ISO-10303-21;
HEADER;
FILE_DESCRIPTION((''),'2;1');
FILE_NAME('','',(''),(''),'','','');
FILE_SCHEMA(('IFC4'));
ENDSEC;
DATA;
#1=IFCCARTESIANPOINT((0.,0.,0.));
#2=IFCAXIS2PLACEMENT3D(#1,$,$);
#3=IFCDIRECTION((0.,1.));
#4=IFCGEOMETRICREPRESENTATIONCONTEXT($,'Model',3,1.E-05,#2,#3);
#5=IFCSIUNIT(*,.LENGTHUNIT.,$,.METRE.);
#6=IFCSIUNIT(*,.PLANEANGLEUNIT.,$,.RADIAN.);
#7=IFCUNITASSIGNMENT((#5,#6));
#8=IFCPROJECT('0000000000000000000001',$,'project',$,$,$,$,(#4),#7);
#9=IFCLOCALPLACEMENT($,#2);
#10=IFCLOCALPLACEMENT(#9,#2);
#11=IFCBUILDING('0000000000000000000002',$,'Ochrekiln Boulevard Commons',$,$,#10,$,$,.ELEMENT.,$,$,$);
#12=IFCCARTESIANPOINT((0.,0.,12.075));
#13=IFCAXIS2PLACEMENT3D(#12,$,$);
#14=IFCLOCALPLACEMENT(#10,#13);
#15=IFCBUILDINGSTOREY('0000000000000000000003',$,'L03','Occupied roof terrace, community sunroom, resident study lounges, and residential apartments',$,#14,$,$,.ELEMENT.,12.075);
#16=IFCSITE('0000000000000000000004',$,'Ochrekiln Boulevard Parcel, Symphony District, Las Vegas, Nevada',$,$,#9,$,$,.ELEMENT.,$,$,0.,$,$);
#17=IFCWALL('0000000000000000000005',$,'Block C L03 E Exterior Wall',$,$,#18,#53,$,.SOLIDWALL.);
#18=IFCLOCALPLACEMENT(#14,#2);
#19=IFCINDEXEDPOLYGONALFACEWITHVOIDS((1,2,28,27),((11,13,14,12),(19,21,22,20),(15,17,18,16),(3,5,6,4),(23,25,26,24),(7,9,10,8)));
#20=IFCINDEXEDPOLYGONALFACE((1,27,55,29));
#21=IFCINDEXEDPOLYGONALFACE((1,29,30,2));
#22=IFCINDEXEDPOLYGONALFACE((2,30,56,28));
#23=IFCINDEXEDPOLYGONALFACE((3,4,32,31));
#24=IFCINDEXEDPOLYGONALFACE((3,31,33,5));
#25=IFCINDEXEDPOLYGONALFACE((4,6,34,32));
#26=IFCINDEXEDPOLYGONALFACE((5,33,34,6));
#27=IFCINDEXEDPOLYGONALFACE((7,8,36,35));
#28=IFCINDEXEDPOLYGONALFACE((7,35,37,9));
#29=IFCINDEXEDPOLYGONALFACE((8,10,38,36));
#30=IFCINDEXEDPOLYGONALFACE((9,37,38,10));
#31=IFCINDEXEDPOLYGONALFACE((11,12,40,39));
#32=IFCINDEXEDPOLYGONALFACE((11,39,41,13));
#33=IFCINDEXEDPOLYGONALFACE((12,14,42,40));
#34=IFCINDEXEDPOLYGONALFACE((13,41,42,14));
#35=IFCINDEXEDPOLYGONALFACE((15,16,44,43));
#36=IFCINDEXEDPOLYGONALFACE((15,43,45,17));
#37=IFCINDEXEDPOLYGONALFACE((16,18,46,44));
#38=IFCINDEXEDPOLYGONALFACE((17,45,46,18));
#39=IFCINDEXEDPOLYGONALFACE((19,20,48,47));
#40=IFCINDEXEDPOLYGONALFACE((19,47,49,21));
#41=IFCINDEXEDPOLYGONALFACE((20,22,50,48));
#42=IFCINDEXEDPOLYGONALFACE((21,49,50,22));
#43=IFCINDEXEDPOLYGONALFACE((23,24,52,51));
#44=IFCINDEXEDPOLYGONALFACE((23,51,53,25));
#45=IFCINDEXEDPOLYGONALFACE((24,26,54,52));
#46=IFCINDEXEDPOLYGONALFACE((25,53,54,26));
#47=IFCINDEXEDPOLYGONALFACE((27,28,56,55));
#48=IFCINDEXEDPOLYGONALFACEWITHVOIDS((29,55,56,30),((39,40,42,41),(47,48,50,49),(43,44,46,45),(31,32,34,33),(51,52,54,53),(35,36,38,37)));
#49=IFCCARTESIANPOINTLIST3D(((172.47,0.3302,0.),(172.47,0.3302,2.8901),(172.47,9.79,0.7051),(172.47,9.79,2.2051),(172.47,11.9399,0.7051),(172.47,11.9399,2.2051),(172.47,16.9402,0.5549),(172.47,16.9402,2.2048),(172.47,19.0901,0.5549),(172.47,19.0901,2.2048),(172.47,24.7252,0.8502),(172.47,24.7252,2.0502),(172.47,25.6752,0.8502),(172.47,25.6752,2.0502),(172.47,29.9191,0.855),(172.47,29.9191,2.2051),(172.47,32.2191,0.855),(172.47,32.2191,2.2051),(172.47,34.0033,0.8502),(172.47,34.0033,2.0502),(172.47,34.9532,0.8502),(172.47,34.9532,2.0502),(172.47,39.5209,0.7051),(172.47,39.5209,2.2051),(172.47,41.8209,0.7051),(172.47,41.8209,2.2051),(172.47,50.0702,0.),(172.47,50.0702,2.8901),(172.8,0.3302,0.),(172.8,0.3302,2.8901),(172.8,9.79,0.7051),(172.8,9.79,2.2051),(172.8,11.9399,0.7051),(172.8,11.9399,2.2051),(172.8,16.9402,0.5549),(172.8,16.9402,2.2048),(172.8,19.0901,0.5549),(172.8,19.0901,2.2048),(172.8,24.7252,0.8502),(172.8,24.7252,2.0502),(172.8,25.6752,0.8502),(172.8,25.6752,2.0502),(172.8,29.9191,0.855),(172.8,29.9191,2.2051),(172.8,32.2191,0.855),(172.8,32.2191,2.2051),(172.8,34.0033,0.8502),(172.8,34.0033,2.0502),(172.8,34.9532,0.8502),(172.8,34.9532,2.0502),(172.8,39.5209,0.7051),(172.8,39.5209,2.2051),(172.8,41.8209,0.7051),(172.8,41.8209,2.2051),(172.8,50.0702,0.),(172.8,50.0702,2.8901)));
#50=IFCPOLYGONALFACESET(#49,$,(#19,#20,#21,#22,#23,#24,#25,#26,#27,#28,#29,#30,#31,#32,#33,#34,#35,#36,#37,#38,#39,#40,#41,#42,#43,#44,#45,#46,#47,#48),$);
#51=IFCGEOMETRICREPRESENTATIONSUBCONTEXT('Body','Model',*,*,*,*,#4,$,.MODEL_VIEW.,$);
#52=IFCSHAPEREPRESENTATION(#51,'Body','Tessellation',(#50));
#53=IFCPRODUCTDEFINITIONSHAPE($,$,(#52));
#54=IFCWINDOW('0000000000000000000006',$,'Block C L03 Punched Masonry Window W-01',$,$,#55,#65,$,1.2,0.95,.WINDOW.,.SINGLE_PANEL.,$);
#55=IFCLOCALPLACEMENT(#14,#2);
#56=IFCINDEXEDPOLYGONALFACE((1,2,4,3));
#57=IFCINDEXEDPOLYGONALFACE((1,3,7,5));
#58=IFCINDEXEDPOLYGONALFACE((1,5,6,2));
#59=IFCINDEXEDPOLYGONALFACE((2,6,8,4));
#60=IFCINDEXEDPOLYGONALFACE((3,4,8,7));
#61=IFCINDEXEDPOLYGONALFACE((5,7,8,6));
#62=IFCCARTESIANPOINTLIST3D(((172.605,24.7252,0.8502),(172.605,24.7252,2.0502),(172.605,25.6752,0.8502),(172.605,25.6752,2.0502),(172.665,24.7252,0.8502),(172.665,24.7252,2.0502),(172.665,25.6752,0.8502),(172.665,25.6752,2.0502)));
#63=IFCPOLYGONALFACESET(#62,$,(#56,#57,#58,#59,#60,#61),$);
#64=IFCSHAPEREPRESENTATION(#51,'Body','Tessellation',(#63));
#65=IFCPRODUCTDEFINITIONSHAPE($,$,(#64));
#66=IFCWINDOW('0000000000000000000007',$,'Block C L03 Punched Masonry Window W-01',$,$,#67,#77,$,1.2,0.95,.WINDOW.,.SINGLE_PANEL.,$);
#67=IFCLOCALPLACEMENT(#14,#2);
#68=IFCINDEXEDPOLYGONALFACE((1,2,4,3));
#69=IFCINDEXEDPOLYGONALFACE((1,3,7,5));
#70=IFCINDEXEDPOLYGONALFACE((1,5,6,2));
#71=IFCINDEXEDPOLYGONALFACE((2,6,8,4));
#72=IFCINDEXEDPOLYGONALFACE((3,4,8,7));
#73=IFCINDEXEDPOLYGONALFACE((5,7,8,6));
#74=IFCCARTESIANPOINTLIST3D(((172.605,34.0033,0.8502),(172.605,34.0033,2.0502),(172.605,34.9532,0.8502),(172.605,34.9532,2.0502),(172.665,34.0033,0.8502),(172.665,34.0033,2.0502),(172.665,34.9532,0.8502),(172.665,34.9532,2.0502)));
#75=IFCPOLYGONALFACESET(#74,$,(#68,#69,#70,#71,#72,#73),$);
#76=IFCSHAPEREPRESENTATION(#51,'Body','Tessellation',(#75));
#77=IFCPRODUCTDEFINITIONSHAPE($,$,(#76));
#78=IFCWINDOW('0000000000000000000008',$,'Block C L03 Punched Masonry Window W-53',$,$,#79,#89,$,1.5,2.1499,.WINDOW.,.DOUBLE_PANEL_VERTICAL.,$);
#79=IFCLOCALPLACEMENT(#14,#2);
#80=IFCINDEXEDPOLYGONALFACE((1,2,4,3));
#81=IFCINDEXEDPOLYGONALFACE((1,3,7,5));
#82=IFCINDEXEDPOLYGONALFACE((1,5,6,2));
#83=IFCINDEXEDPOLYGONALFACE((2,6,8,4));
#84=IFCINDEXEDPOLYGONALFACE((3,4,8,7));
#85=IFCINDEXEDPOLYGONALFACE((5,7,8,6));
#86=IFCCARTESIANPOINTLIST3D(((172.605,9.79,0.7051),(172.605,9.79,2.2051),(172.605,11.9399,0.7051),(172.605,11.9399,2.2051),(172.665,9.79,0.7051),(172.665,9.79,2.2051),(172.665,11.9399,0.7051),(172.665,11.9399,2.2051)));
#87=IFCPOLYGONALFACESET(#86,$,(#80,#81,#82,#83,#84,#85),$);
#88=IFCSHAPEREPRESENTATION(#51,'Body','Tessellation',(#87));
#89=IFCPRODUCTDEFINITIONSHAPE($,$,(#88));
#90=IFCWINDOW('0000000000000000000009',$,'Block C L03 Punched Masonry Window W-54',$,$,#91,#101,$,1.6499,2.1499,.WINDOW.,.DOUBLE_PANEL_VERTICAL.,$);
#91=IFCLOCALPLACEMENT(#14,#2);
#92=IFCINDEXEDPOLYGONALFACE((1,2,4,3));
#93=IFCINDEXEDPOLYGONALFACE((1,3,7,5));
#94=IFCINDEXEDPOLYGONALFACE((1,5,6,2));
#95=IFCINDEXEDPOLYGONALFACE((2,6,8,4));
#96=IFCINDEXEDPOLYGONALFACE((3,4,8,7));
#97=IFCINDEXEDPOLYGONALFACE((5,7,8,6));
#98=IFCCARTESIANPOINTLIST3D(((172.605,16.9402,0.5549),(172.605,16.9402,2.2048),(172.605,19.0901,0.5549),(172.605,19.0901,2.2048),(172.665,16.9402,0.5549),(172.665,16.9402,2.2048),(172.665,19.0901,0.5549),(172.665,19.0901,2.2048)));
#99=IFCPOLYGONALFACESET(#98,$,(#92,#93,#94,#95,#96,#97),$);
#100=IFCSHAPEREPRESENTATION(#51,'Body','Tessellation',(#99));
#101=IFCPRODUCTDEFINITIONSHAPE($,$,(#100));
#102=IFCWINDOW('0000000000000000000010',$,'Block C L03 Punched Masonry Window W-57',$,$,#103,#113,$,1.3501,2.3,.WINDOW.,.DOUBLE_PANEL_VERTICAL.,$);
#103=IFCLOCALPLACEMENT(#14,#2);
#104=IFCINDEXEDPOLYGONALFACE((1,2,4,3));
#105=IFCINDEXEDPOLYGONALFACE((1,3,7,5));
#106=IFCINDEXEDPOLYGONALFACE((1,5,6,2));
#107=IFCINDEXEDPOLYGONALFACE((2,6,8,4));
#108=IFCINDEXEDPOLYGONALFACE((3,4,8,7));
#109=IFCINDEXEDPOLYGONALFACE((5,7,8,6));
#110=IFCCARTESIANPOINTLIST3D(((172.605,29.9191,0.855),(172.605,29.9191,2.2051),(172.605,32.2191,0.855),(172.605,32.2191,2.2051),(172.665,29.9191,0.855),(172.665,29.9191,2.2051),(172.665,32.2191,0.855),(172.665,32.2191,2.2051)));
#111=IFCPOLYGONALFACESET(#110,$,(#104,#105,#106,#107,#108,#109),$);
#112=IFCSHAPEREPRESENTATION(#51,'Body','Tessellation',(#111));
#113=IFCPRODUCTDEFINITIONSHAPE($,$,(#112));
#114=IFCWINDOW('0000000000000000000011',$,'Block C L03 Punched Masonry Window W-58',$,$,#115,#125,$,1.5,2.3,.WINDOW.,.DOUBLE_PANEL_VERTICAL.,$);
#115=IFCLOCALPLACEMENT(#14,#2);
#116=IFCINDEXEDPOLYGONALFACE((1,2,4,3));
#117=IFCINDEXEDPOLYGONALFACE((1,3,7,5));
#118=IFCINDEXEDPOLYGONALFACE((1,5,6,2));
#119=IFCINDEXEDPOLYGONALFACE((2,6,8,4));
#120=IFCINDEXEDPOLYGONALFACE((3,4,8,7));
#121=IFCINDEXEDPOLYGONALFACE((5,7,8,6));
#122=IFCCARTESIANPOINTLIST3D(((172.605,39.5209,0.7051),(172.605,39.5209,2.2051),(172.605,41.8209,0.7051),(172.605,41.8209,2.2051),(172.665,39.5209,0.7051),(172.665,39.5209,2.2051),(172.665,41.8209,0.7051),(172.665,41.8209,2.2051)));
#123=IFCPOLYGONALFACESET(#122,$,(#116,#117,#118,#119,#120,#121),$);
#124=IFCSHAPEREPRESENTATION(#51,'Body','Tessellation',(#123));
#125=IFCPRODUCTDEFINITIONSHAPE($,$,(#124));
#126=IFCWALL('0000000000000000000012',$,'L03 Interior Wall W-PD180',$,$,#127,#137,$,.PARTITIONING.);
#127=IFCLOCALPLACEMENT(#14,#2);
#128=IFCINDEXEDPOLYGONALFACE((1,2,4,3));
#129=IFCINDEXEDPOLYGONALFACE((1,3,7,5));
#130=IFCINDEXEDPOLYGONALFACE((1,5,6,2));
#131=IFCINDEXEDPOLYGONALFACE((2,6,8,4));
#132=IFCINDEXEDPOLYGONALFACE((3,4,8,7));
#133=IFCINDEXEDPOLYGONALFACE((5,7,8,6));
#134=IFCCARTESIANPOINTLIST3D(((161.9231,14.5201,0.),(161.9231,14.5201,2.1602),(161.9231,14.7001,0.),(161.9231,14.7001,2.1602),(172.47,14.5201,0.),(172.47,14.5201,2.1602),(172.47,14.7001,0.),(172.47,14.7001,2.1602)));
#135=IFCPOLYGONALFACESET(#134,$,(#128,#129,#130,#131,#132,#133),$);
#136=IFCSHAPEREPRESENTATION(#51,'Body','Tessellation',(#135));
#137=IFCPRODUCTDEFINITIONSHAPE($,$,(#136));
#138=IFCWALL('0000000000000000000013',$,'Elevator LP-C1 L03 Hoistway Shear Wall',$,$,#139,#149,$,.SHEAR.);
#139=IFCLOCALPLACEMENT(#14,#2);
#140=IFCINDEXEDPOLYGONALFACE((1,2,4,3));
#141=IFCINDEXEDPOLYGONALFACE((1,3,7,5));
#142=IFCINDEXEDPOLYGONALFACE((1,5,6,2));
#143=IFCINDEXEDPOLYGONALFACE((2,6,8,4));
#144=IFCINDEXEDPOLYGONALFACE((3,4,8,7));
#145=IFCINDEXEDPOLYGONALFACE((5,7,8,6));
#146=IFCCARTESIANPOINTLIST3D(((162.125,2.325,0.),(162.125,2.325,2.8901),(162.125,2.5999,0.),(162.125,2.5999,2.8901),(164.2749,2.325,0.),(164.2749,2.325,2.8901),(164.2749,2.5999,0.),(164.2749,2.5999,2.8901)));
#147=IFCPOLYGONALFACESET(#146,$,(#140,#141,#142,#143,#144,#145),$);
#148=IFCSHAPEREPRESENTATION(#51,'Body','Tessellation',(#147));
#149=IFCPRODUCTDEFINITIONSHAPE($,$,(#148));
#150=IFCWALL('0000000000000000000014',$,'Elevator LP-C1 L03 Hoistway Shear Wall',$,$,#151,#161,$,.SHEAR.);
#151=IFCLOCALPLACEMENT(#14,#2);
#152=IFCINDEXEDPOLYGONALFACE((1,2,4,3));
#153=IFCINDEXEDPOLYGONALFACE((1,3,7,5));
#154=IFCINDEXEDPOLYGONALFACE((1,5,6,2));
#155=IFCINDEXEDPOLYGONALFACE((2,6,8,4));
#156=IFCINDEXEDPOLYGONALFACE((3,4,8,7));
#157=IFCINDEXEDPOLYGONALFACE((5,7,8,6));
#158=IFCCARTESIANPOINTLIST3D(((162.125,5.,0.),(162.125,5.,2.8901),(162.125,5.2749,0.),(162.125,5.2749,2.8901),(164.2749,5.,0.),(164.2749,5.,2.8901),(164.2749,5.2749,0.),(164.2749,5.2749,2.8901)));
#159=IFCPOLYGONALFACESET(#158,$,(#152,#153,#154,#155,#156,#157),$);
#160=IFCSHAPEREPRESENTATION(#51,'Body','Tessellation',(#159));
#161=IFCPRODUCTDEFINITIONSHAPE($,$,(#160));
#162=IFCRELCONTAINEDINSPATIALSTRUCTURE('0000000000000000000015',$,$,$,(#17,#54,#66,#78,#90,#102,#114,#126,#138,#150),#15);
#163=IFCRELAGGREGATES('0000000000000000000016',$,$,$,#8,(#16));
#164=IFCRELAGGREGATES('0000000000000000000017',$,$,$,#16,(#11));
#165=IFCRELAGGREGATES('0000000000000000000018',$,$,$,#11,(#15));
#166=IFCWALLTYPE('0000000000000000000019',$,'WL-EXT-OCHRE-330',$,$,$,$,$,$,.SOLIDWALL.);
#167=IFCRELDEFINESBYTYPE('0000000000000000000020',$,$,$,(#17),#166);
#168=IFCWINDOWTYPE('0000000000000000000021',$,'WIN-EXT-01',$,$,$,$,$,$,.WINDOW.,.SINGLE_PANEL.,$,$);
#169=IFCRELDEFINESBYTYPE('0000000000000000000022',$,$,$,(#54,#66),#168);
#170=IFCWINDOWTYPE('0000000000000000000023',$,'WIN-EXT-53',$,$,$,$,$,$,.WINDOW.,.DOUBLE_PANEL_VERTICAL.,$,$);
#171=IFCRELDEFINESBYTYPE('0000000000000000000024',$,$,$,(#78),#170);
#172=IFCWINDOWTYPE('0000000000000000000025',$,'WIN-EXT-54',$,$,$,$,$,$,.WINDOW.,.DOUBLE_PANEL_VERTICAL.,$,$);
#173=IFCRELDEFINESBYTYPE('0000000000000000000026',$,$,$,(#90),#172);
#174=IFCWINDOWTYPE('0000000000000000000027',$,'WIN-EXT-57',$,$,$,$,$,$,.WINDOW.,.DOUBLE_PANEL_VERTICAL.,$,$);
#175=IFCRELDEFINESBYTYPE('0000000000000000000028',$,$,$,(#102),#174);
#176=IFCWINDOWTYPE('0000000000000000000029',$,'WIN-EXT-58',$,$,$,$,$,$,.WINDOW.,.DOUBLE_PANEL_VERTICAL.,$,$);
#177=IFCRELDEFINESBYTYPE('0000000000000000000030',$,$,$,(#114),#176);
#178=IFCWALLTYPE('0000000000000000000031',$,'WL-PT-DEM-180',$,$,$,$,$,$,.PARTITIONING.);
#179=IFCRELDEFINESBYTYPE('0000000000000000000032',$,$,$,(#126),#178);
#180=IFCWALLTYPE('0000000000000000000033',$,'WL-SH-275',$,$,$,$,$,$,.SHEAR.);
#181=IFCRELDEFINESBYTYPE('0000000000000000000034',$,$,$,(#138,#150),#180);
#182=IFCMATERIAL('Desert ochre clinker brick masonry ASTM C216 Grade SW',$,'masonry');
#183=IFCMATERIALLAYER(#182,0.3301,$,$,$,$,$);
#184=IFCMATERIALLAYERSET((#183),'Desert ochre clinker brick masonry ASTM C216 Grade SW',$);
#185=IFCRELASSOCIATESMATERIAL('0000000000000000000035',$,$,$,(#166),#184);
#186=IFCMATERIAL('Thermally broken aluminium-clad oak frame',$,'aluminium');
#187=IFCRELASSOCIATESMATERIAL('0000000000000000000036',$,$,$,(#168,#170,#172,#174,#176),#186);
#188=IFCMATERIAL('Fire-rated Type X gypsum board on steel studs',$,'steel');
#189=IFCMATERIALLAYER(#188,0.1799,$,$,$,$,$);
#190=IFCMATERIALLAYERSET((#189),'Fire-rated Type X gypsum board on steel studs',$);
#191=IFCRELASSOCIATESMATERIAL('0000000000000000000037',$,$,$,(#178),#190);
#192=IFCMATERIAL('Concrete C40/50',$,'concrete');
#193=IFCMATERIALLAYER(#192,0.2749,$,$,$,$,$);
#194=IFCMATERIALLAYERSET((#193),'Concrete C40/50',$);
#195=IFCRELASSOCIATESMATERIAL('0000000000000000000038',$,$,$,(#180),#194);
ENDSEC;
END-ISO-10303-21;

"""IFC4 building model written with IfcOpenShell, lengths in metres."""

from ifc_helpers import new_model, si_unit, direction, frame, frame_2d, origin, place, context, subcontext, project, spatial, rectangle, extrude, material, layer, layer_set, type_object, element, fill, save


model = new_model("IFC4")

# Units and contexts
model_context = context("Model", 3, precision=1e-05, world=origin(), true_north=direction((0.0, 1.0)))
body_context = subcontext(model_context, "Body", "Model", "MODEL_VIEW")
ifc_project = project(units=[si_unit("LENGTHUNIT", "METRE"), si_unit("PLANEANGLEUNIT", "RADIAN")], contexts=[model_context])

# Site, building, storey
site_placement = place(None, origin())
site = spatial("IfcSite", under=ifc_project, at=site_placement, Name="Ochrekiln Boulevard Parcel, Symphony District, Las Vegas, Nevada", CompositionType="ELEMENT", RefElevation=0.0)
building_placement = place(site_placement, origin())
building = spatial("IfcBuilding", under=site, at=building_placement, Name="Ochrekiln Boulevard Commons", CompositionType="ELEMENT")
storey_placement = place(building_placement, frame((0.0, 0.0, 12.075)))
storey = spatial("IfcBuildingStorey", under=building, at=storey_placement, Name="L03", Description="Occupied roof terrace, community sunroom, resident study lounges, and residential apartments", CompositionType="ELEMENT", Elevation=12.075)

# Shared definitions
ifc_material_1 = material(Name="Concrete C40/50", Category="concrete")

# Wall, openings, windows
ifc_material_2 = material(Name="Desert ochre clinker brick masonry ASTM C216 Grade SW", Category="masonry")
ifc_layer_1 = layer(ifc_material_2, 0.3301)
ifc_layer_set_1 = layer_set([ifc_layer_1], Name="Desert ochre clinker brick masonry ASTM C216 Grade SW")
wall_type_1 = type_object("IfcWallType", Name="WL-EXT-OCHRE-330", PredefinedType="SOLIDWALL", material=ifc_layer_set_1)
wall_1_placement = place(storey_placement, frame((172.635, 0.3301, 0.0), z_axis=(0.0, 0.0, 1.0), x_axis=(0.0, 1.0, 0.0)))
wall_1 = element("IfcWall", 1, at=wall_1_placement, inside=storey, type_object=wall_type_1, Name="Block C L03 E Exterior Wall", PredefinedType="SOLIDWALL", context=body_context, shape_type="SweptSolid", body=[
    extrude(rectangle(XDim=49.74, YDim=0.3301, at=frame_2d((24.8701, 0.0))), origin(), (0.0, 0.0, 1.0), 2.8901),
])
opening_1_placement = place(wall_1_placement, frame((9.46, 0.0, 0.7051)))
opening_1 = element("IfcOpeningElement", 2, at=opening_1_placement, cuts=wall_1, PredefinedType="OPENING", context=body_context, shape_type="SweptSolid", body=[
    extrude(rectangle(XDim=2.1499, YDim=1.5, at=frame_2d((1.075, 0.75))), frame((0.0, 0.175, 0.0), z_axis=(0.0, -1.0, 0.0), x_axis=(1.0, 0.0, 0.0)), (0.0, 0.0, 1.0), 0.3501),
])
opening_2_placement = place(wall_1_placement, frame((16.6101, 0.0, 0.5549)))
opening_2 = element("IfcOpeningElement", 3, at=opening_2_placement, cuts=wall_1, PredefinedType="OPENING", context=body_context, shape_type="SweptSolid", body=[
    extrude(rectangle(XDim=2.1499, YDim=1.6499, at=frame_2d((1.075, 0.825))), frame((0.0, 0.175, 0.0), z_axis=(0.0, -1.0, 0.0), x_axis=(1.0, 0.0, 0.0)), (0.0, 0.0, 1.0), 0.3501),
])
opening_3_placement = place(wall_1_placement, frame((24.395, 0.0, 0.8501)))
opening_3 = element("IfcOpeningElement", 4, at=opening_3_placement, cuts=wall_1, PredefinedType="OPENING", context=body_context, shape_type="SweptSolid", body=[
    extrude(rectangle(XDim=0.95, YDim=1.2, at=frame_2d((0.4751, 0.6001))), frame((0.0, 0.175, 0.0), z_axis=(0.0, -1.0, 0.0), x_axis=(1.0, 0.0, 0.0)), (0.0, 0.0, 1.0), 0.3501),
])
opening_4_placement = place(wall_1_placement, frame((33.6731, 0.0, 0.8501)))
opening_4 = element("IfcOpeningElement", 5, at=opening_4_placement, cuts=wall_1, PredefinedType="OPENING", context=body_context, shape_type="SweptSolid", body=[
    extrude(rectangle(XDim=0.95, YDim=1.2, at=frame_2d((0.4751, 0.6001))), frame((0.0, 0.175, 0.0), z_axis=(0.0, -1.0, 0.0), x_axis=(1.0, 0.0, 0.0)), (0.0, 0.0, 1.0), 0.3501),
])
opening_5_placement = place(wall_1_placement, frame((29.5891, 0.0, 0.855)))
opening_5 = element("IfcOpeningElement", 6, at=opening_5_placement, cuts=wall_1, PredefinedType="OPENING", context=body_context, shape_type="SweptSolid", body=[
    extrude(rectangle(XDim=2.3, YDim=1.3501, at=frame_2d((1.1499, 0.675))), frame((0.0, 0.175, 0.0), z_axis=(0.0, -1.0, 0.0), x_axis=(1.0, 0.0, 0.0)), (0.0, 0.0, 1.0), 0.3501),
])
opening_6_placement = place(wall_1_placement, frame((39.1909, 0.0, 0.7051)))
opening_6 = element("IfcOpeningElement", 7, at=opening_6_placement, cuts=wall_1, PredefinedType="OPENING", context=body_context, shape_type="SweptSolid", body=[
    extrude(rectangle(XDim=2.3, YDim=1.5, at=frame_2d((1.1499, 0.75))), frame((0.0, 0.175, 0.0), z_axis=(0.0, -1.0, 0.0), x_axis=(1.0, 0.0, 0.0)), (0.0, 0.0, 1.0), 0.3501),
])
ifc_material_3 = material(Name="Thermally broken aluminium-clad oak frame", Category="aluminium")
window_type_1 = type_object("IfcWindowType", Name="WIN-EXT-01", PartitioningType="SINGLE_PANEL", PredefinedType="WINDOW", material=ifc_material_3)
window_1_placement = place(opening_3_placement, origin())
window_1 = element("IfcWindow", 8, at=window_1_placement, inside=storey, type_object=window_type_1, Name="Block C L03 Punched Masonry Window W-01", OverallHeight=1.2, OverallWidth=0.95, PartitioningType="SINGLE_PANEL", PredefinedType="WINDOW", context=body_context, shape_type="SweptSolid", body=[
    extrude(rectangle(XDim=0.95, YDim=1.2, at=frame_2d((0.4751, 0.6001))), frame((0.0, 0.03, 0.0), z_axis=(0.0, -1.0, 0.0), x_axis=(1.0, 0.0, 0.0)), (0.0, 0.0, 1.0), 0.0601),
])
fill(opening_3, window_1)
window_2_placement = place(opening_4_placement, origin())
window_2 = element("IfcWindow", 9, at=window_2_placement, inside=storey, type_object=window_type_1, Name="Block C L03 Punched Masonry Window W-01", OverallHeight=1.2, OverallWidth=0.95, PartitioningType="SINGLE_PANEL", PredefinedType="WINDOW", context=body_context, shape_type="SweptSolid", body=[
    extrude(rectangle(XDim=0.95, YDim=1.2, at=frame_2d((0.4751, 0.6001))), frame((0.0, 0.03, 0.0), z_axis=(0.0, -1.0, 0.0), x_axis=(1.0, 0.0, 0.0)), (0.0, 0.0, 1.0), 0.0601),
])
fill(opening_4, window_2)
window_type_2 = type_object("IfcWindowType", Name="WIN-EXT-53", PartitioningType="DOUBLE_PANEL_VERTICAL", PredefinedType="WINDOW", material=ifc_material_3)
window_3_placement = place(opening_1_placement, origin())
window_3 = element("IfcWindow", 10, at=window_3_placement, inside=storey, type_object=window_type_2, Name="Block C L03 Punched Masonry Window W-53", OverallHeight=1.5, OverallWidth=2.1499, PartitioningType="DOUBLE_PANEL_VERTICAL", PredefinedType="WINDOW", context=body_context, shape_type="SweptSolid", body=[
    extrude(rectangle(XDim=2.1499, YDim=1.5, at=frame_2d((1.075, 0.75))), frame((0.0, 0.03, 0.0), z_axis=(0.0, -1.0, 0.0), x_axis=(1.0, 0.0, 0.0)), (0.0, 0.0, 1.0), 0.0601),
])
fill(opening_1, window_3)
window_type_3 = type_object("IfcWindowType", Name="WIN-EXT-54", PartitioningType="DOUBLE_PANEL_VERTICAL", PredefinedType="WINDOW", material=ifc_material_3)
window_4_placement = place(opening_2_placement, origin())
window_4 = element("IfcWindow", 11, at=window_4_placement, inside=storey, type_object=window_type_3, Name="Block C L03 Punched Masonry Window W-54", OverallHeight=1.6499, OverallWidth=2.1499, PartitioningType="DOUBLE_PANEL_VERTICAL", PredefinedType="WINDOW", context=body_context, shape_type="SweptSolid", body=[
    extrude(rectangle(XDim=2.1499, YDim=1.6499, at=frame_2d((1.075, 0.825))), frame((0.0, 0.03, 0.0), z_axis=(0.0, -1.0, 0.0), x_axis=(1.0, 0.0, 0.0)), (0.0, 0.0, 1.0), 0.0601),
])
fill(opening_2, window_4)
window_type_4 = type_object("IfcWindowType", Name="WIN-EXT-57", PartitioningType="DOUBLE_PANEL_VERTICAL", PredefinedType="WINDOW", material=ifc_material_3)
window_5_placement = place(opening_5_placement, origin())
window_5 = element("IfcWindow", 12, at=window_5_placement, inside=storey, type_object=window_type_4, Name="Block C L03 Punched Masonry Window W-57", OverallHeight=1.3501, OverallWidth=2.3, PartitioningType="DOUBLE_PANEL_VERTICAL", PredefinedType="WINDOW", context=body_context, shape_type="SweptSolid", body=[
    extrude(rectangle(XDim=2.3, YDim=1.3501, at=frame_2d((1.1499, 0.675))), frame((0.0, 0.03, 0.0), z_axis=(0.0, -1.0, 0.0), x_axis=(1.0, 0.0, 0.0)), (0.0, 0.0, 1.0), 0.0601),
])
fill(opening_5, window_5)
window_type_5 = type_object("IfcWindowType", Name="WIN-EXT-58", PartitioningType="DOUBLE_PANEL_VERTICAL", PredefinedType="WINDOW", material=ifc_material_3)
window_6_placement = place(opening_6_placement, origin())
window_6 = element("IfcWindow", 13, at=window_6_placement, inside=storey, type_object=window_type_5, Name="Block C L03 Punched Masonry Window W-58", OverallHeight=1.5, OverallWidth=2.3, PartitioningType="DOUBLE_PANEL_VERTICAL", PredefinedType="WINDOW", context=body_context, shape_type="SweptSolid", body=[
    extrude(rectangle(XDim=2.3, YDim=1.5, at=frame_2d((1.1499, 0.75))), frame((0.0, 0.03, 0.0), z_axis=(0.0, -1.0, 0.0), x_axis=(1.0, 0.0, 0.0)), (0.0, 0.0, 1.0), 0.0601),
])
fill(opening_6, window_6)

# Walls
ifc_material_4 = material(Name="Fire-rated Type X gypsum board on steel studs", Category="steel")
ifc_layer_2 = layer(ifc_material_4, 0.1799)
ifc_layer_set_2 = layer_set([ifc_layer_2], Name="Fire-rated Type X gypsum board on steel studs")
wall_type_2 = type_object("IfcWallType", Name="WL-PT-DEM-180", PredefinedType="PARTITIONING", material=ifc_layer_set_2)
wall_2_placement = place(storey_placement, frame((161.9231, 14.6101, 0.0), z_axis=(0.0, 0.0, 1.0), x_axis=(1.0, 0.0, 0.0)))
element("IfcWall", 14, at=wall_2_placement, inside=storey, type_object=wall_type_2, Name="L03 Interior Wall W-PD180", PredefinedType="PARTITIONING", context=body_context, shape_type="SweptSolid", body=[
    extrude(rectangle(XDim=10.5469, YDim=0.1799, at=frame_2d((5.2734, 0.0))), origin(), (0.0, 0.0, 1.0), 2.1602),
])
ifc_layer_3 = layer(ifc_material_1, 0.2749)
ifc_layer_set_3 = layer_set([ifc_layer_3], Name="Concrete C40/50")
wall_type_3 = type_object("IfcWallType", Name="WL-SH-275", PredefinedType="SHEAR", material=ifc_layer_set_3)
for number, where, z_axis, x_axis, name in (
    (15, (162.125, 2.4624, 0.0), (0.0, 0.0, 1.0), (1.0, 0.0, 0.0), "Elevator LP-C1 L03 Hoistway Shear Wall"),
    (16, (162.125, 5.1375, 0.0), (0.0, 0.0, 1.0), (1.0, 0.0, 0.0), "Elevator LP-C1 L03 Hoistway Shear Wall"),
):
    element("IfcWall", number, at=place(storey_placement, frame(where, z_axis=z_axis, x_axis=x_axis)), inside=storey, type_object=wall_type_3, Name=name, PredefinedType="SHEAR", context=body_context, shape_type="SweptSolid", body=[
        extrude(rectangle(XDim=2.1499, YDim=0.2749, at=frame_2d((1.075, 0.0))), origin(), (0.0, 0.0, 1.0), 2.8901),
    ])

save(model, "model.ifc")
